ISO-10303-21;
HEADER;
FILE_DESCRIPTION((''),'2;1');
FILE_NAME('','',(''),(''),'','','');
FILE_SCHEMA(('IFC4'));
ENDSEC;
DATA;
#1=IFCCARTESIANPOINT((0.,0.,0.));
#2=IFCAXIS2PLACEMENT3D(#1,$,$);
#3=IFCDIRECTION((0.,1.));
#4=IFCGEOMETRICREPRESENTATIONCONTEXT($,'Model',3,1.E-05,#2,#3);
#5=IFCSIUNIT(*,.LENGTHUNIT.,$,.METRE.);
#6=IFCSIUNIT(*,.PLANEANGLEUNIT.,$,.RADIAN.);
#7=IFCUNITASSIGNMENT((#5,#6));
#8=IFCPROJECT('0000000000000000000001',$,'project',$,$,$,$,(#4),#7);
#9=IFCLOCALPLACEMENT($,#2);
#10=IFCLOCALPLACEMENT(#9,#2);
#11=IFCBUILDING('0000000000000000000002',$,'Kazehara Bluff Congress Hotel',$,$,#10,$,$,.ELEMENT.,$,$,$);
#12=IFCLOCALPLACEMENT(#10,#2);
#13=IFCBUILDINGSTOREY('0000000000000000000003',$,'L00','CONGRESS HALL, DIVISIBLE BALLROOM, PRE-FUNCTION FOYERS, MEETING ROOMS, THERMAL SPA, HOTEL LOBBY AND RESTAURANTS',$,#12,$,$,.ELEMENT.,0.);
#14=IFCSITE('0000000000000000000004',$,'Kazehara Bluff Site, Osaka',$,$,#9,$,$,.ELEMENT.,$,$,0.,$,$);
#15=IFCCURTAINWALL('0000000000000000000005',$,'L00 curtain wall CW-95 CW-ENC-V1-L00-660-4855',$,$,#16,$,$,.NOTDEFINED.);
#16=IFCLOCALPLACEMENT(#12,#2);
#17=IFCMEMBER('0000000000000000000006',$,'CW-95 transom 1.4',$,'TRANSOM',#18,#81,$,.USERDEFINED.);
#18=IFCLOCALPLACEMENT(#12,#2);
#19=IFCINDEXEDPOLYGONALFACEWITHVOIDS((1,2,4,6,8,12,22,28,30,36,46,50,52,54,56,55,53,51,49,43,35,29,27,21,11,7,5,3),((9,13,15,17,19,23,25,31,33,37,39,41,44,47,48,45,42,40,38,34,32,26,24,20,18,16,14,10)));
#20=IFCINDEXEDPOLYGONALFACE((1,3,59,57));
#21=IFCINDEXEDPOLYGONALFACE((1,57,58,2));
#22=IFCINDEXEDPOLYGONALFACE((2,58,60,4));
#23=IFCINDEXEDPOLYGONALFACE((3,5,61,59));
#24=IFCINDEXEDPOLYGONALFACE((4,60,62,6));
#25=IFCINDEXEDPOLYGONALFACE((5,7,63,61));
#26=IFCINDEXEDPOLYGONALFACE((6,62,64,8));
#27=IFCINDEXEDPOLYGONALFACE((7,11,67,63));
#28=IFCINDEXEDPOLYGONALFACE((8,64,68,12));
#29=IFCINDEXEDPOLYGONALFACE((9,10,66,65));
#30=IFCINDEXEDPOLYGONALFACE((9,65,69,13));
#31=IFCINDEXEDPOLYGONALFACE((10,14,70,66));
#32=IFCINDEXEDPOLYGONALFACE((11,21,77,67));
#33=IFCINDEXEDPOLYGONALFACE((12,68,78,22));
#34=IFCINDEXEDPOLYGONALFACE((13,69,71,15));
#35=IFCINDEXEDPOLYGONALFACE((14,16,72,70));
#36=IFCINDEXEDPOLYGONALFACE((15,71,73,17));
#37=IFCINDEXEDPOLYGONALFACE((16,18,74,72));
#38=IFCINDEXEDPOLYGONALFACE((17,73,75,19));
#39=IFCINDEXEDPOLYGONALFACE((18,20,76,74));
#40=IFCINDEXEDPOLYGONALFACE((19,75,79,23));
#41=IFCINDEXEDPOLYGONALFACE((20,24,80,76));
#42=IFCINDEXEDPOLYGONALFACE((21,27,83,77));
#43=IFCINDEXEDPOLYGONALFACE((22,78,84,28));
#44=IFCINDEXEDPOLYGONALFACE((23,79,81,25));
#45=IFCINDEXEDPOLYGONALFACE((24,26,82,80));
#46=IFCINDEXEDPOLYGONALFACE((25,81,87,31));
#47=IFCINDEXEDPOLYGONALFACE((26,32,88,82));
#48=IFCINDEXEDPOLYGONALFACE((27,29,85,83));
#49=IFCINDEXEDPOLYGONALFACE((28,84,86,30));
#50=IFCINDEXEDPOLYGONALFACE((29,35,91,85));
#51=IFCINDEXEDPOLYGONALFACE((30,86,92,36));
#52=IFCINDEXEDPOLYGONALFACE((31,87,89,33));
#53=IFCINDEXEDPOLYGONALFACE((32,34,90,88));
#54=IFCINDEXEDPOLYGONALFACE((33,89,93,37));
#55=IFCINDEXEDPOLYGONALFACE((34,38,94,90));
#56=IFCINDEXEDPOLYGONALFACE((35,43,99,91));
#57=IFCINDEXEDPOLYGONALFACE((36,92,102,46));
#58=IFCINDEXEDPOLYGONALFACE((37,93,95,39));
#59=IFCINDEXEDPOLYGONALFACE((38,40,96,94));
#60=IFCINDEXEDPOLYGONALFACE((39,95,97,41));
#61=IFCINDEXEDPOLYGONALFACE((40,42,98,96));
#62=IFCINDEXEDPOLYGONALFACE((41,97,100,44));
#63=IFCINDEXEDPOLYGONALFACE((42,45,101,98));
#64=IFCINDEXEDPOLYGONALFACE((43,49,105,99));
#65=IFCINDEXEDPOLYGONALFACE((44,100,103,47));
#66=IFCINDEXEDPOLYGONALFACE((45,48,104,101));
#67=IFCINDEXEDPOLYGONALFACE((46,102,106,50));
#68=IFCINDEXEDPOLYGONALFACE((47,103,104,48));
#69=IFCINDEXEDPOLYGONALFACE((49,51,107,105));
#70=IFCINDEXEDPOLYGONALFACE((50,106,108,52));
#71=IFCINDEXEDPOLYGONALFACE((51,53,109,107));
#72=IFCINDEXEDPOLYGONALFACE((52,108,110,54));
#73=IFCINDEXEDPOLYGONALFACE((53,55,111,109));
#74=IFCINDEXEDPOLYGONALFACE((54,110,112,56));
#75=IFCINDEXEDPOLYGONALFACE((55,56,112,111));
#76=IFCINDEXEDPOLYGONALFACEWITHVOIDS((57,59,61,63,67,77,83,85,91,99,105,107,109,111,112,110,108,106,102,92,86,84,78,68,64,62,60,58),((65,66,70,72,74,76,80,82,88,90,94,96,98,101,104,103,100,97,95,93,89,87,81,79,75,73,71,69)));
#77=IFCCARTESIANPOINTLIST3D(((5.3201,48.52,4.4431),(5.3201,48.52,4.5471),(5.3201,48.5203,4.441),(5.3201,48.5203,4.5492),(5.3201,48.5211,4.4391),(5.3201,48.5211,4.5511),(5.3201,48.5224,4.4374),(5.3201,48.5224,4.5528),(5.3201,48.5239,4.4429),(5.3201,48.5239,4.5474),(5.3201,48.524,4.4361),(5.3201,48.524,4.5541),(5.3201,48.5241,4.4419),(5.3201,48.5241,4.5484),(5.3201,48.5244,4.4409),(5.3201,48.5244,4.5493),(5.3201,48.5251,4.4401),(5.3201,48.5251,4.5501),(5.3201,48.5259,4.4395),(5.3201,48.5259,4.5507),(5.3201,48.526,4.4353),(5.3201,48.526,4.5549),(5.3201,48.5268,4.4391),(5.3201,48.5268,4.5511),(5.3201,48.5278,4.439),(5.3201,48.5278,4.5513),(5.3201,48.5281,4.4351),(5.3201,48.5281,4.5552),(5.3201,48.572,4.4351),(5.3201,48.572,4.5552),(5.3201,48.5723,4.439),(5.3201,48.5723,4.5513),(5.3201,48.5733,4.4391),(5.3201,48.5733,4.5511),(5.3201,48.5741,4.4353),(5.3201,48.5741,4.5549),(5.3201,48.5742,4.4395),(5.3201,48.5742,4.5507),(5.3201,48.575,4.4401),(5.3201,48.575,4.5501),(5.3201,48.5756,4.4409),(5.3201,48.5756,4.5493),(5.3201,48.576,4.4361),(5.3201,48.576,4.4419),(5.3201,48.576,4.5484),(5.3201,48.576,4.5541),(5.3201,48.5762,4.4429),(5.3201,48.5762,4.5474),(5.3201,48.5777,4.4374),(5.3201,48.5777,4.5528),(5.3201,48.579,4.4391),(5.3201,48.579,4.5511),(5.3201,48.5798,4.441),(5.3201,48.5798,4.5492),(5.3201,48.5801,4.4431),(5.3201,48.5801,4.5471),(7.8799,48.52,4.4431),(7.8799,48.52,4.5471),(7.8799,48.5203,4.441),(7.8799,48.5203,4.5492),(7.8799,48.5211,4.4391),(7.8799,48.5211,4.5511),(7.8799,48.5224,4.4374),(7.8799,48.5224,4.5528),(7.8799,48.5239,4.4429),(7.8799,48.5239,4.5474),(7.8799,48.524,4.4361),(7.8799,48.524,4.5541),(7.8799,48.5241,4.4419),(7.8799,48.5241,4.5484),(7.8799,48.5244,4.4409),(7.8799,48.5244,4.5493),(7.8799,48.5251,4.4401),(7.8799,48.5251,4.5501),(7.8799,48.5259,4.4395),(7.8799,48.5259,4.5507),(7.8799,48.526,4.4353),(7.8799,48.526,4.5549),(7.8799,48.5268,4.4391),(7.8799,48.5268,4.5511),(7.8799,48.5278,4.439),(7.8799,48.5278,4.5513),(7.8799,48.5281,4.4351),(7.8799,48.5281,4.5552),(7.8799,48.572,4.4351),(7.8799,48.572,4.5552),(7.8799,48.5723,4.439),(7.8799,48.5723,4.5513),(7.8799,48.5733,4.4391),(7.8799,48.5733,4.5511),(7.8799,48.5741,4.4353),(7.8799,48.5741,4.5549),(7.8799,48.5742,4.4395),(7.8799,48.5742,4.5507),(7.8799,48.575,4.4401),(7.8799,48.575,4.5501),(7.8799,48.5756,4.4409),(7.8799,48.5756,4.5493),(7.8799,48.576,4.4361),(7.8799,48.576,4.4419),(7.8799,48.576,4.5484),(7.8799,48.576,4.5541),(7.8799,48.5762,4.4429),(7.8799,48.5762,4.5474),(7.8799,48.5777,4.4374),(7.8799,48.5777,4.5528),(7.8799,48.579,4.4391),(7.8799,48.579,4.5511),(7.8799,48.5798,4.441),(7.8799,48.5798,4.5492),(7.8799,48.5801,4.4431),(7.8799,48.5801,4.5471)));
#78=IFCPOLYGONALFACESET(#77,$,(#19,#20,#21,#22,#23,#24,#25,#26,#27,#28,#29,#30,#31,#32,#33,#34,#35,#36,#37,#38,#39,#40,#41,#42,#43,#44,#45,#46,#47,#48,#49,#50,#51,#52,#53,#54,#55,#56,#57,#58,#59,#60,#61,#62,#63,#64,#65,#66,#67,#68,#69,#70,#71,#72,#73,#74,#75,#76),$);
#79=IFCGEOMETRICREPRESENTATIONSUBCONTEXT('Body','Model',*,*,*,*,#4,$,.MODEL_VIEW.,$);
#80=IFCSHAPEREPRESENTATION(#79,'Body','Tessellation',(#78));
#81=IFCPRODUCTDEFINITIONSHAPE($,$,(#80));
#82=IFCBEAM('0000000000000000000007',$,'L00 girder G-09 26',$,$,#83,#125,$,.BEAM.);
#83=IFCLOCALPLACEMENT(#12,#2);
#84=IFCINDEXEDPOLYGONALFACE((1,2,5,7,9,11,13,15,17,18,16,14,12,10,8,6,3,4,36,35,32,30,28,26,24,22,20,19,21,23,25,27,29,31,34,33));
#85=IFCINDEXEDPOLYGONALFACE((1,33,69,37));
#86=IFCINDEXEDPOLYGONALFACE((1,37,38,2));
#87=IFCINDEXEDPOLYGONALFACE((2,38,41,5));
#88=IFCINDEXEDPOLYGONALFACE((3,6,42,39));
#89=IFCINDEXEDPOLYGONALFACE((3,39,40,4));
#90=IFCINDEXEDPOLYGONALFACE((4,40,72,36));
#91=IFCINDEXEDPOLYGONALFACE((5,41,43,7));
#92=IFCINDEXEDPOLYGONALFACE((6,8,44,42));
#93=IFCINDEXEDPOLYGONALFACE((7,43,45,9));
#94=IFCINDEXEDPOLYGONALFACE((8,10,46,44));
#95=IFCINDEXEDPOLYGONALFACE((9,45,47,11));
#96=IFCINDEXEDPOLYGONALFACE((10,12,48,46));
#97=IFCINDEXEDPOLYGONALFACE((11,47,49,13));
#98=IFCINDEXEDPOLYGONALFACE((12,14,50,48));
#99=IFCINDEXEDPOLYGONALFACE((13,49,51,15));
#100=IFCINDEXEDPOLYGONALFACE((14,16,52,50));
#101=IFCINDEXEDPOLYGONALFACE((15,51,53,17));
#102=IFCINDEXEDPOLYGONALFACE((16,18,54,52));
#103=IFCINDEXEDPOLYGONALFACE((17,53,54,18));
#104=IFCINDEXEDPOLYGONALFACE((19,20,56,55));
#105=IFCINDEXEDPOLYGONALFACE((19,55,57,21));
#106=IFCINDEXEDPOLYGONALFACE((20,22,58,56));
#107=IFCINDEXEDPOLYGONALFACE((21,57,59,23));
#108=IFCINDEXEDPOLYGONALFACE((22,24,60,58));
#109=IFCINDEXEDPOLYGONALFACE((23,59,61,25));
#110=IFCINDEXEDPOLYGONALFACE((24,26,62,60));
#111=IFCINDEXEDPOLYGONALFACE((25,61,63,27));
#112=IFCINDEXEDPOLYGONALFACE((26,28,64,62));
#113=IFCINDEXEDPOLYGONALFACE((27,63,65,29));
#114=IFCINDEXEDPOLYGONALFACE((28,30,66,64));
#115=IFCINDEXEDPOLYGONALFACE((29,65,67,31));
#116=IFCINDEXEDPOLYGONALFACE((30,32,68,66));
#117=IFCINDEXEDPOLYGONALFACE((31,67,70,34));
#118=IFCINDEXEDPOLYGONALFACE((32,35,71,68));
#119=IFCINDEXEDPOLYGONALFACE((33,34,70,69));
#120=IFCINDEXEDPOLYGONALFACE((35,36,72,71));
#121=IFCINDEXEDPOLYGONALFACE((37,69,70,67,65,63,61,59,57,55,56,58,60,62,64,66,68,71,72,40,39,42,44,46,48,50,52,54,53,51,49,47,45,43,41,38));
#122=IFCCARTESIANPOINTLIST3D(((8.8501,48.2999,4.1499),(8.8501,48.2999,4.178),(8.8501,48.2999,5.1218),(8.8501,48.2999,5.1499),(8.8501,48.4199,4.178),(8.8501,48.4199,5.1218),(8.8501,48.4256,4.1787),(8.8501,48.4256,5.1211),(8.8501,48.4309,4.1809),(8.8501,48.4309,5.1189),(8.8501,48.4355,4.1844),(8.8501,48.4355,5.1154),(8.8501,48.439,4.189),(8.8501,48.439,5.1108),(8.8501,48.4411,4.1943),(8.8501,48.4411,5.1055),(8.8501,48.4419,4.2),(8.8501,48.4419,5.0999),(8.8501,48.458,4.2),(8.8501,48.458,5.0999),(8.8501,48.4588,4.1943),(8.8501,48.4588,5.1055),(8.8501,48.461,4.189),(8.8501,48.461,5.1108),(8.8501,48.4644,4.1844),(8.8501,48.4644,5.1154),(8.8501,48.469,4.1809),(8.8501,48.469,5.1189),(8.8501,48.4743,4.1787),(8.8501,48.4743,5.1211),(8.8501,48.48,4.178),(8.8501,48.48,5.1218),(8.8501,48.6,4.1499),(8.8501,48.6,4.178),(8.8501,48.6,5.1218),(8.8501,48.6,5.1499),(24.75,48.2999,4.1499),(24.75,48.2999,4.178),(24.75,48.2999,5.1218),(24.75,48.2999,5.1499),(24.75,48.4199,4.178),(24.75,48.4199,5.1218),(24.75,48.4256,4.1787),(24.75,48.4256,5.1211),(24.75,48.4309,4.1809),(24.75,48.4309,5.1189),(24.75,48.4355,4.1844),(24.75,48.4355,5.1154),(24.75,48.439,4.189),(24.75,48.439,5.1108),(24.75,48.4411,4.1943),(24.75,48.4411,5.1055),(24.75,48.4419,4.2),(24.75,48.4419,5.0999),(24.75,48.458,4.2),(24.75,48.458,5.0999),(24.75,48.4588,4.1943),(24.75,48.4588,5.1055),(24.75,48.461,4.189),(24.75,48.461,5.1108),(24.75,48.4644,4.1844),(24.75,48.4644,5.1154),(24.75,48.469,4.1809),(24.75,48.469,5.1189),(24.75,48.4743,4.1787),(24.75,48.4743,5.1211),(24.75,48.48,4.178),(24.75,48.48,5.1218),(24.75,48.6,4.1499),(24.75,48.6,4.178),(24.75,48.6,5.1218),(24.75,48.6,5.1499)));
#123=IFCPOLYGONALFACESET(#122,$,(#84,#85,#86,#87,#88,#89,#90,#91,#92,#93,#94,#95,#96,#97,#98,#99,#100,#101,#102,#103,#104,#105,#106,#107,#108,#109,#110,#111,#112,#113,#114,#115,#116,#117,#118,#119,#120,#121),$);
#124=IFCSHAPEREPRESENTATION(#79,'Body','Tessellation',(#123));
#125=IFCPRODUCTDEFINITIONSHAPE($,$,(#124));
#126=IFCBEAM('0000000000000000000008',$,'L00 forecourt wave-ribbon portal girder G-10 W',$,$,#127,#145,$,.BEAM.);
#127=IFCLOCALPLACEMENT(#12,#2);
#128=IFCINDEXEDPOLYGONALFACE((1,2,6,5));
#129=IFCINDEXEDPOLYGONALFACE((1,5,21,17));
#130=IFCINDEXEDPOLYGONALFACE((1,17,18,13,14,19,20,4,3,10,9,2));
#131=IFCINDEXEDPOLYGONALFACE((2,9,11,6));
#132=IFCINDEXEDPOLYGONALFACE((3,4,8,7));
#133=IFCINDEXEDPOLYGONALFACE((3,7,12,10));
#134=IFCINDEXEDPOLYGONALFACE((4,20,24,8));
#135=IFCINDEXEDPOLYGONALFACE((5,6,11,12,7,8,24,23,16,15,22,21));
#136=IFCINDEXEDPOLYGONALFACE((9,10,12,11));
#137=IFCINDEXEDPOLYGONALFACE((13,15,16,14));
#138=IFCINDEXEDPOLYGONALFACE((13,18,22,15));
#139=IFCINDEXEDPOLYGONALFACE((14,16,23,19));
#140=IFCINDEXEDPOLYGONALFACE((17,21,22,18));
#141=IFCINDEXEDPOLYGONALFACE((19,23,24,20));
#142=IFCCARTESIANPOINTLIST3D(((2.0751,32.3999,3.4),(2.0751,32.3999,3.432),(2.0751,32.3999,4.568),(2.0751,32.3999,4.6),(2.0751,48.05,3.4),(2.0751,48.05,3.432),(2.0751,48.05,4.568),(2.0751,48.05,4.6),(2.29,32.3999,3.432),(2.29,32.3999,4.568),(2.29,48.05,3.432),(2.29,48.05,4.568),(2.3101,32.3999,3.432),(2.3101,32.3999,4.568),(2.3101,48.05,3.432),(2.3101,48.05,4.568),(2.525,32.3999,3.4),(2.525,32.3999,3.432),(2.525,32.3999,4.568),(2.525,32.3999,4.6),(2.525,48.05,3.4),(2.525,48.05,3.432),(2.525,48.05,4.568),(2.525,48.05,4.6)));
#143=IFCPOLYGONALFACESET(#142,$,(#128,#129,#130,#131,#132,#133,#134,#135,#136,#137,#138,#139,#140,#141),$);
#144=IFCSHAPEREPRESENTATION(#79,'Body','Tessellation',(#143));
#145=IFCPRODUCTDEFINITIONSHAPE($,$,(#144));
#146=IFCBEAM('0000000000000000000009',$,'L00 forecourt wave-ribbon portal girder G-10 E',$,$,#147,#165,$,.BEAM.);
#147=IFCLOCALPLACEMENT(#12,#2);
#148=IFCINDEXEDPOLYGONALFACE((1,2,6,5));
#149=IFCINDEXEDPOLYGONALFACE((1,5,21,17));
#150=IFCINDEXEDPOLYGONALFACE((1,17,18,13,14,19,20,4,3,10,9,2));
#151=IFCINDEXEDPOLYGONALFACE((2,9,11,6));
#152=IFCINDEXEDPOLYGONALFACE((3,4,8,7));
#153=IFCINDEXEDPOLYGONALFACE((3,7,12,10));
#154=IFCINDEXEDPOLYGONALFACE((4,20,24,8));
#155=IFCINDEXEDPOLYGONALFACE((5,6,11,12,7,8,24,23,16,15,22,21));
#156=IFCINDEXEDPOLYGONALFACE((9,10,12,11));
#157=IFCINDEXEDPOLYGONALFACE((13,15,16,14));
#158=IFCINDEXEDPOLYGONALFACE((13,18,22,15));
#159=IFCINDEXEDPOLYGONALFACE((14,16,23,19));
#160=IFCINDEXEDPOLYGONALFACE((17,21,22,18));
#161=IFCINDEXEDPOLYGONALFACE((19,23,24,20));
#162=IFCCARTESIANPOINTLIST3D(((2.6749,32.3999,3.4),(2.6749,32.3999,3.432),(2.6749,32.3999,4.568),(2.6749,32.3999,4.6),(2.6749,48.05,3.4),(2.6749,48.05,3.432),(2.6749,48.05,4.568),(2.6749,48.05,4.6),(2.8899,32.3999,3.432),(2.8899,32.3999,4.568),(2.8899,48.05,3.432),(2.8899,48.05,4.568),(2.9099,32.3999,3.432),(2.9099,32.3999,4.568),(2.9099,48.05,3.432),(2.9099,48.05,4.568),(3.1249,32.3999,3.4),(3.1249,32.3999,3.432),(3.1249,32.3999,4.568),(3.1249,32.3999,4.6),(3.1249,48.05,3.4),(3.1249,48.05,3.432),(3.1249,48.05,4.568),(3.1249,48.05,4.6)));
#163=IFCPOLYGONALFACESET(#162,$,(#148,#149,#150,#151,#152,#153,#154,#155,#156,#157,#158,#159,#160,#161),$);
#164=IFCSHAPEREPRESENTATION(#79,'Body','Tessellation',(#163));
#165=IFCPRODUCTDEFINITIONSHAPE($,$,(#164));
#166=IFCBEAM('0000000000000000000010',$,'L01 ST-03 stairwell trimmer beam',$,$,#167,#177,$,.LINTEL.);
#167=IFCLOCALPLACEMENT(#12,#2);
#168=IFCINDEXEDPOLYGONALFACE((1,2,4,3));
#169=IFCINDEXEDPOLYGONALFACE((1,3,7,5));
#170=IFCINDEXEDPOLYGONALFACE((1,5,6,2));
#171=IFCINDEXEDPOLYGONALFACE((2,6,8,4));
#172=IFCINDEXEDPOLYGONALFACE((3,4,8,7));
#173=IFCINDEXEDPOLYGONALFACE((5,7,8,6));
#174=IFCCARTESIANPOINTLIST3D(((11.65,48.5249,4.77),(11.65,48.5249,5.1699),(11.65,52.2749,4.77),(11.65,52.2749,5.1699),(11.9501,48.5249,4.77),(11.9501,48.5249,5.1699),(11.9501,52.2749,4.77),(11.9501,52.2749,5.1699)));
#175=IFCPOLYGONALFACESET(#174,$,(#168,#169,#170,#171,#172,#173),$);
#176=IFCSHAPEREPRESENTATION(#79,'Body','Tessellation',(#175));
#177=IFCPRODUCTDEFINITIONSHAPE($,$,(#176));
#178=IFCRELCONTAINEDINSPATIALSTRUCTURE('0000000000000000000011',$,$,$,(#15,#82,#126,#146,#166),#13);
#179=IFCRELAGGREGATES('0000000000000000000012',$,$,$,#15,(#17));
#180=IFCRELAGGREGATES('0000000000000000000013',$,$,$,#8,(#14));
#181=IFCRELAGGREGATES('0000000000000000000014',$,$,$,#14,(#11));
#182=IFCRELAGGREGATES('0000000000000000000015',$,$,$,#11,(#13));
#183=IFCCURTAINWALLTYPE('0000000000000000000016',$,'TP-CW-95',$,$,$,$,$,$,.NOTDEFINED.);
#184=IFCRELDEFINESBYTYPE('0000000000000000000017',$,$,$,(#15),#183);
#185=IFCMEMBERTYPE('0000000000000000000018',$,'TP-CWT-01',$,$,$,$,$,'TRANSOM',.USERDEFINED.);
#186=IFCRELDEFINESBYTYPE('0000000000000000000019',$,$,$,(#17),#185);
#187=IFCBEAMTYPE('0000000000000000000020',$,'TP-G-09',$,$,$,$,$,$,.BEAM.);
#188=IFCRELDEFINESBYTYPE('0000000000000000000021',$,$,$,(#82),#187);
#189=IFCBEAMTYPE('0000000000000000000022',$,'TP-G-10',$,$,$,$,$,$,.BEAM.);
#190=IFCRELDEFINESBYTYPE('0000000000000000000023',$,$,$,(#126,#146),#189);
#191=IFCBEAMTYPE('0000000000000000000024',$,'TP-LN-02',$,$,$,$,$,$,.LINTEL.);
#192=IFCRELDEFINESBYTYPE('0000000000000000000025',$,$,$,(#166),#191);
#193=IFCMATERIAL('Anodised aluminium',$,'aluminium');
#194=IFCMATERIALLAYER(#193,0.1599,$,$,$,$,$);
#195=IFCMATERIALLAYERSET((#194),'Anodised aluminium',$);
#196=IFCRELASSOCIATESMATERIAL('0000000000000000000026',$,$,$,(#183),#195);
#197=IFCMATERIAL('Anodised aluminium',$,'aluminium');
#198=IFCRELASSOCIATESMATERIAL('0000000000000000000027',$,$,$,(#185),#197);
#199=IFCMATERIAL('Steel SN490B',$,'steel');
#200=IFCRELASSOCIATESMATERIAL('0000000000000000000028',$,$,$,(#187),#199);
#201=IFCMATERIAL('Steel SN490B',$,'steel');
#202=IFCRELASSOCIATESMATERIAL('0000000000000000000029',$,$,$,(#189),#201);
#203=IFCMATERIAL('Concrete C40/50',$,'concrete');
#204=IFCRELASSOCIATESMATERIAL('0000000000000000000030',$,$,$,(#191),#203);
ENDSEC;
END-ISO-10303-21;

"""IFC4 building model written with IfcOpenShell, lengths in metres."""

from ifc_helpers import new_model, si_unit, direction, frame, origin, origin_2d, place, context, subcontext, project, spatial, rectangle, hollow_rectangle, i_section, extrude, material, layer, layer_set, material_profile, profile_set, type_object, element, aggregate, save


model = new_model("IFC4")

# Units and contexts
model_context = context("Model", 3, precision=1e-05, world=origin(), true_north=direction((0.0, 1.0)))
body_context = subcontext(model_context, "Body", "Model", "MODEL_VIEW")
ifc_project = project(units=[si_unit("LENGTHUNIT", "METRE"), si_unit("PLANEANGLEUNIT", "RADIAN")], contexts=[model_context])

# Site, building, storey
site_placement = place(None, origin())
site = spatial("IfcSite", under=ifc_project, at=site_placement, Name="Kazehara Bluff Site, Osaka", CompositionType="ELEMENT", RefElevation=0.0)
building_placement = place(site_placement, origin())
building = spatial("IfcBuilding", under=site, at=building_placement, Name="Kazehara Bluff Congress Hotel", CompositionType="ELEMENT")
storey_placement = place(building_placement, origin())
storey = spatial("IfcBuildingStorey", under=building, at=storey_placement, Name="L00", Description="CONGRESS HALL, DIVISIBLE BALLROOM, PRE-FUNCTION FOYERS, MEETING ROOMS, THERMAL SPA, HOTEL LOBBY AND RESTAURANTS", CompositionType="ELEMENT", Elevation=0.0)

# Curtain wall, member
ifc_material_1 = material(Name="Anodised aluminium", Category="aluminium")
ifc_layer_1 = layer(ifc_material_1, 0.1599)
ifc_layer_set_1 = layer_set([ifc_layer_1], Name="Anodised aluminium")
curtain_wall_type = type_object("IfcCurtainWallType", Name="TP-CW-95", PredefinedType="NOTDEFINED", material=ifc_layer_set_1)
curtain_wall_placement = place(storey_placement, origin())
curtain_wall = element("IfcCurtainWall", 1, at=curtain_wall_placement, inside=storey, type_object=curtain_wall_type, Name="L00 curtain wall CW-95 CW-ENC-V1-L00-660-4855", PredefinedType="NOTDEFINED")
ifc_material_2 = material(Name="Anodised aluminium", Category="aluminium")
ifc_material_profile_1 = material_profile(ifc_material_2, hollow_rectangle(XDim=0.0601, YDim=0.1201, WallThickness=0.0039, InnerFilletRadius=0.0039, OuterFilletRadius=0.0081, at=origin_2d()))
ifc_profile_set_1 = profile_set([ifc_material_profile_1], Name="Anodised aluminium")
member_type_1 = type_object("IfcMemberType", Name="TP-CWT-01", ElementType="TRANSOM", PredefinedType="USERDEFINED", material=ifc_profile_set_1)
member_1_placement = place(storey_placement, frame((7.8799, 48.55, 4.4951), z_axis=(-1.0, 0.0, 0.0), x_axis=(0.0, -1.0, 0.0)))
member_1 = element("IfcMember", 2, at=member_1_placement, type_object=member_type_1, Name="CW-95 transom 1.4", ObjectType="TRANSOM", PredefinedType="USERDEFINED", context=body_context, shape_type="SweptSolid", body=[
    extrude(hollow_rectangle(XDim=0.0601, YDim=0.1201, WallThickness=0.0039, InnerFilletRadius=0.0039, OuterFilletRadius=0.0081, at=origin_2d()), origin(), (0.0, 0.0, 1.0), 2.5598),
])

# Beams
ifc_material_3 = material(Name="Steel SN490B", Category="steel")
ifc_material_profile_2 = material_profile(ifc_material_3, i_section(OverallWidth=0.3, OverallDepth=1.0, WebThickness=0.0161, FlangeThickness=0.0281, FilletRadius=0.022, at=origin_2d()))
ifc_profile_set_2 = profile_set([ifc_material_profile_2], Name="Steel SN490B")
beam_type_1 = type_object("IfcBeamType", Name="TP-G-09", PredefinedType="BEAM", material=ifc_profile_set_2)
beam_1_placement = place(storey_placement, frame((8.8501, 48.45, 4.6499), z_axis=(1.0, 0.0, 0.0), x_axis=(0.0, 1.0, 0.0)))
element("IfcBeam", 3, at=beam_1_placement, inside=storey, type_object=beam_type_1, Name="L00 girder G-09 26", PredefinedType="BEAM", context=body_context, shape_type="SweptSolid", body=[
    extrude(i_section(OverallWidth=0.3, OverallDepth=1.0, WebThickness=0.0161, FlangeThickness=0.0281, FilletRadius=0.022, at=origin_2d()), origin(), (0.0, 0.0, 1.0), 15.8999),
])
ifc_material_4 = material(Name="Steel SN490B", Category="steel")
ifc_material_profile_3 = material_profile(ifc_material_4, i_section(OverallWidth=0.45, OverallDepth=1.2, WebThickness=0.02, FlangeThickness=0.032, at=origin_2d()))
ifc_profile_set_3 = profile_set([ifc_material_profile_3], Name="Steel SN490B")
beam_type_2 = type_object("IfcBeamType", Name="TP-G-10", PredefinedType="BEAM", material=ifc_profile_set_3)
for number, where, z_axis, x_axis, name in (
    (4, (2.3, 32.3999, 4.0), (0.0, 1.0, 0.0), (-1.0, 0.0, 0.0), "L00 forecourt wave-ribbon portal girder G-10 W"),
    (5, (2.8999, 32.3999, 4.0), (0.0, 1.0, 0.0), (-1.0, 0.0, 0.0), "L00 forecourt wave-ribbon portal girder G-10 E"),
):
    element("IfcBeam", number, at=place(storey_placement, frame(where, z_axis=z_axis, x_axis=x_axis)), inside=storey, type_object=beam_type_2, Name=name, PredefinedType="BEAM", context=body_context, shape_type="SweptSolid", body=[
        extrude(i_section(OverallWidth=0.45, OverallDepth=1.2, WebThickness=0.02, FlangeThickness=0.032, at=origin_2d()), origin(), (0.0, 0.0, 1.0), 15.6501),
    ])
ifc_material_5 = material(Name="Concrete C40/50", Category="concrete")
ifc_material_profile_4 = material_profile(ifc_material_5, rectangle(XDim=0.3, YDim=0.3999, at=origin_2d()))
ifc_profile_set_4 = profile_set([ifc_material_profile_4], Name="Concrete C40/50")
beam_type_3 = type_object("IfcBeamType", Name="TP-LN-02", PredefinedType="LINTEL", material=ifc_profile_set_4)
beam_2_placement = place(storey_placement, frame((11.8, 48.5249, 4.97), z_axis=(0.0, 1.0, 0.0), x_axis=(-1.0, 0.0, 0.0)))
element("IfcBeam", 6, at=beam_2_placement, inside=storey, type_object=beam_type_3, Name="L01 ST-03 stairwell trimmer beam", PredefinedType="LINTEL", context=body_context, shape_type="SweptSolid", body=[
    extrude(rectangle(XDim=0.3, YDim=0.3999, at=origin_2d()), origin(), (0.0, 0.0, 1.0), 3.75),
])

aggregate(curtain_wall, [member_1])

save(model, "model.ifc")
